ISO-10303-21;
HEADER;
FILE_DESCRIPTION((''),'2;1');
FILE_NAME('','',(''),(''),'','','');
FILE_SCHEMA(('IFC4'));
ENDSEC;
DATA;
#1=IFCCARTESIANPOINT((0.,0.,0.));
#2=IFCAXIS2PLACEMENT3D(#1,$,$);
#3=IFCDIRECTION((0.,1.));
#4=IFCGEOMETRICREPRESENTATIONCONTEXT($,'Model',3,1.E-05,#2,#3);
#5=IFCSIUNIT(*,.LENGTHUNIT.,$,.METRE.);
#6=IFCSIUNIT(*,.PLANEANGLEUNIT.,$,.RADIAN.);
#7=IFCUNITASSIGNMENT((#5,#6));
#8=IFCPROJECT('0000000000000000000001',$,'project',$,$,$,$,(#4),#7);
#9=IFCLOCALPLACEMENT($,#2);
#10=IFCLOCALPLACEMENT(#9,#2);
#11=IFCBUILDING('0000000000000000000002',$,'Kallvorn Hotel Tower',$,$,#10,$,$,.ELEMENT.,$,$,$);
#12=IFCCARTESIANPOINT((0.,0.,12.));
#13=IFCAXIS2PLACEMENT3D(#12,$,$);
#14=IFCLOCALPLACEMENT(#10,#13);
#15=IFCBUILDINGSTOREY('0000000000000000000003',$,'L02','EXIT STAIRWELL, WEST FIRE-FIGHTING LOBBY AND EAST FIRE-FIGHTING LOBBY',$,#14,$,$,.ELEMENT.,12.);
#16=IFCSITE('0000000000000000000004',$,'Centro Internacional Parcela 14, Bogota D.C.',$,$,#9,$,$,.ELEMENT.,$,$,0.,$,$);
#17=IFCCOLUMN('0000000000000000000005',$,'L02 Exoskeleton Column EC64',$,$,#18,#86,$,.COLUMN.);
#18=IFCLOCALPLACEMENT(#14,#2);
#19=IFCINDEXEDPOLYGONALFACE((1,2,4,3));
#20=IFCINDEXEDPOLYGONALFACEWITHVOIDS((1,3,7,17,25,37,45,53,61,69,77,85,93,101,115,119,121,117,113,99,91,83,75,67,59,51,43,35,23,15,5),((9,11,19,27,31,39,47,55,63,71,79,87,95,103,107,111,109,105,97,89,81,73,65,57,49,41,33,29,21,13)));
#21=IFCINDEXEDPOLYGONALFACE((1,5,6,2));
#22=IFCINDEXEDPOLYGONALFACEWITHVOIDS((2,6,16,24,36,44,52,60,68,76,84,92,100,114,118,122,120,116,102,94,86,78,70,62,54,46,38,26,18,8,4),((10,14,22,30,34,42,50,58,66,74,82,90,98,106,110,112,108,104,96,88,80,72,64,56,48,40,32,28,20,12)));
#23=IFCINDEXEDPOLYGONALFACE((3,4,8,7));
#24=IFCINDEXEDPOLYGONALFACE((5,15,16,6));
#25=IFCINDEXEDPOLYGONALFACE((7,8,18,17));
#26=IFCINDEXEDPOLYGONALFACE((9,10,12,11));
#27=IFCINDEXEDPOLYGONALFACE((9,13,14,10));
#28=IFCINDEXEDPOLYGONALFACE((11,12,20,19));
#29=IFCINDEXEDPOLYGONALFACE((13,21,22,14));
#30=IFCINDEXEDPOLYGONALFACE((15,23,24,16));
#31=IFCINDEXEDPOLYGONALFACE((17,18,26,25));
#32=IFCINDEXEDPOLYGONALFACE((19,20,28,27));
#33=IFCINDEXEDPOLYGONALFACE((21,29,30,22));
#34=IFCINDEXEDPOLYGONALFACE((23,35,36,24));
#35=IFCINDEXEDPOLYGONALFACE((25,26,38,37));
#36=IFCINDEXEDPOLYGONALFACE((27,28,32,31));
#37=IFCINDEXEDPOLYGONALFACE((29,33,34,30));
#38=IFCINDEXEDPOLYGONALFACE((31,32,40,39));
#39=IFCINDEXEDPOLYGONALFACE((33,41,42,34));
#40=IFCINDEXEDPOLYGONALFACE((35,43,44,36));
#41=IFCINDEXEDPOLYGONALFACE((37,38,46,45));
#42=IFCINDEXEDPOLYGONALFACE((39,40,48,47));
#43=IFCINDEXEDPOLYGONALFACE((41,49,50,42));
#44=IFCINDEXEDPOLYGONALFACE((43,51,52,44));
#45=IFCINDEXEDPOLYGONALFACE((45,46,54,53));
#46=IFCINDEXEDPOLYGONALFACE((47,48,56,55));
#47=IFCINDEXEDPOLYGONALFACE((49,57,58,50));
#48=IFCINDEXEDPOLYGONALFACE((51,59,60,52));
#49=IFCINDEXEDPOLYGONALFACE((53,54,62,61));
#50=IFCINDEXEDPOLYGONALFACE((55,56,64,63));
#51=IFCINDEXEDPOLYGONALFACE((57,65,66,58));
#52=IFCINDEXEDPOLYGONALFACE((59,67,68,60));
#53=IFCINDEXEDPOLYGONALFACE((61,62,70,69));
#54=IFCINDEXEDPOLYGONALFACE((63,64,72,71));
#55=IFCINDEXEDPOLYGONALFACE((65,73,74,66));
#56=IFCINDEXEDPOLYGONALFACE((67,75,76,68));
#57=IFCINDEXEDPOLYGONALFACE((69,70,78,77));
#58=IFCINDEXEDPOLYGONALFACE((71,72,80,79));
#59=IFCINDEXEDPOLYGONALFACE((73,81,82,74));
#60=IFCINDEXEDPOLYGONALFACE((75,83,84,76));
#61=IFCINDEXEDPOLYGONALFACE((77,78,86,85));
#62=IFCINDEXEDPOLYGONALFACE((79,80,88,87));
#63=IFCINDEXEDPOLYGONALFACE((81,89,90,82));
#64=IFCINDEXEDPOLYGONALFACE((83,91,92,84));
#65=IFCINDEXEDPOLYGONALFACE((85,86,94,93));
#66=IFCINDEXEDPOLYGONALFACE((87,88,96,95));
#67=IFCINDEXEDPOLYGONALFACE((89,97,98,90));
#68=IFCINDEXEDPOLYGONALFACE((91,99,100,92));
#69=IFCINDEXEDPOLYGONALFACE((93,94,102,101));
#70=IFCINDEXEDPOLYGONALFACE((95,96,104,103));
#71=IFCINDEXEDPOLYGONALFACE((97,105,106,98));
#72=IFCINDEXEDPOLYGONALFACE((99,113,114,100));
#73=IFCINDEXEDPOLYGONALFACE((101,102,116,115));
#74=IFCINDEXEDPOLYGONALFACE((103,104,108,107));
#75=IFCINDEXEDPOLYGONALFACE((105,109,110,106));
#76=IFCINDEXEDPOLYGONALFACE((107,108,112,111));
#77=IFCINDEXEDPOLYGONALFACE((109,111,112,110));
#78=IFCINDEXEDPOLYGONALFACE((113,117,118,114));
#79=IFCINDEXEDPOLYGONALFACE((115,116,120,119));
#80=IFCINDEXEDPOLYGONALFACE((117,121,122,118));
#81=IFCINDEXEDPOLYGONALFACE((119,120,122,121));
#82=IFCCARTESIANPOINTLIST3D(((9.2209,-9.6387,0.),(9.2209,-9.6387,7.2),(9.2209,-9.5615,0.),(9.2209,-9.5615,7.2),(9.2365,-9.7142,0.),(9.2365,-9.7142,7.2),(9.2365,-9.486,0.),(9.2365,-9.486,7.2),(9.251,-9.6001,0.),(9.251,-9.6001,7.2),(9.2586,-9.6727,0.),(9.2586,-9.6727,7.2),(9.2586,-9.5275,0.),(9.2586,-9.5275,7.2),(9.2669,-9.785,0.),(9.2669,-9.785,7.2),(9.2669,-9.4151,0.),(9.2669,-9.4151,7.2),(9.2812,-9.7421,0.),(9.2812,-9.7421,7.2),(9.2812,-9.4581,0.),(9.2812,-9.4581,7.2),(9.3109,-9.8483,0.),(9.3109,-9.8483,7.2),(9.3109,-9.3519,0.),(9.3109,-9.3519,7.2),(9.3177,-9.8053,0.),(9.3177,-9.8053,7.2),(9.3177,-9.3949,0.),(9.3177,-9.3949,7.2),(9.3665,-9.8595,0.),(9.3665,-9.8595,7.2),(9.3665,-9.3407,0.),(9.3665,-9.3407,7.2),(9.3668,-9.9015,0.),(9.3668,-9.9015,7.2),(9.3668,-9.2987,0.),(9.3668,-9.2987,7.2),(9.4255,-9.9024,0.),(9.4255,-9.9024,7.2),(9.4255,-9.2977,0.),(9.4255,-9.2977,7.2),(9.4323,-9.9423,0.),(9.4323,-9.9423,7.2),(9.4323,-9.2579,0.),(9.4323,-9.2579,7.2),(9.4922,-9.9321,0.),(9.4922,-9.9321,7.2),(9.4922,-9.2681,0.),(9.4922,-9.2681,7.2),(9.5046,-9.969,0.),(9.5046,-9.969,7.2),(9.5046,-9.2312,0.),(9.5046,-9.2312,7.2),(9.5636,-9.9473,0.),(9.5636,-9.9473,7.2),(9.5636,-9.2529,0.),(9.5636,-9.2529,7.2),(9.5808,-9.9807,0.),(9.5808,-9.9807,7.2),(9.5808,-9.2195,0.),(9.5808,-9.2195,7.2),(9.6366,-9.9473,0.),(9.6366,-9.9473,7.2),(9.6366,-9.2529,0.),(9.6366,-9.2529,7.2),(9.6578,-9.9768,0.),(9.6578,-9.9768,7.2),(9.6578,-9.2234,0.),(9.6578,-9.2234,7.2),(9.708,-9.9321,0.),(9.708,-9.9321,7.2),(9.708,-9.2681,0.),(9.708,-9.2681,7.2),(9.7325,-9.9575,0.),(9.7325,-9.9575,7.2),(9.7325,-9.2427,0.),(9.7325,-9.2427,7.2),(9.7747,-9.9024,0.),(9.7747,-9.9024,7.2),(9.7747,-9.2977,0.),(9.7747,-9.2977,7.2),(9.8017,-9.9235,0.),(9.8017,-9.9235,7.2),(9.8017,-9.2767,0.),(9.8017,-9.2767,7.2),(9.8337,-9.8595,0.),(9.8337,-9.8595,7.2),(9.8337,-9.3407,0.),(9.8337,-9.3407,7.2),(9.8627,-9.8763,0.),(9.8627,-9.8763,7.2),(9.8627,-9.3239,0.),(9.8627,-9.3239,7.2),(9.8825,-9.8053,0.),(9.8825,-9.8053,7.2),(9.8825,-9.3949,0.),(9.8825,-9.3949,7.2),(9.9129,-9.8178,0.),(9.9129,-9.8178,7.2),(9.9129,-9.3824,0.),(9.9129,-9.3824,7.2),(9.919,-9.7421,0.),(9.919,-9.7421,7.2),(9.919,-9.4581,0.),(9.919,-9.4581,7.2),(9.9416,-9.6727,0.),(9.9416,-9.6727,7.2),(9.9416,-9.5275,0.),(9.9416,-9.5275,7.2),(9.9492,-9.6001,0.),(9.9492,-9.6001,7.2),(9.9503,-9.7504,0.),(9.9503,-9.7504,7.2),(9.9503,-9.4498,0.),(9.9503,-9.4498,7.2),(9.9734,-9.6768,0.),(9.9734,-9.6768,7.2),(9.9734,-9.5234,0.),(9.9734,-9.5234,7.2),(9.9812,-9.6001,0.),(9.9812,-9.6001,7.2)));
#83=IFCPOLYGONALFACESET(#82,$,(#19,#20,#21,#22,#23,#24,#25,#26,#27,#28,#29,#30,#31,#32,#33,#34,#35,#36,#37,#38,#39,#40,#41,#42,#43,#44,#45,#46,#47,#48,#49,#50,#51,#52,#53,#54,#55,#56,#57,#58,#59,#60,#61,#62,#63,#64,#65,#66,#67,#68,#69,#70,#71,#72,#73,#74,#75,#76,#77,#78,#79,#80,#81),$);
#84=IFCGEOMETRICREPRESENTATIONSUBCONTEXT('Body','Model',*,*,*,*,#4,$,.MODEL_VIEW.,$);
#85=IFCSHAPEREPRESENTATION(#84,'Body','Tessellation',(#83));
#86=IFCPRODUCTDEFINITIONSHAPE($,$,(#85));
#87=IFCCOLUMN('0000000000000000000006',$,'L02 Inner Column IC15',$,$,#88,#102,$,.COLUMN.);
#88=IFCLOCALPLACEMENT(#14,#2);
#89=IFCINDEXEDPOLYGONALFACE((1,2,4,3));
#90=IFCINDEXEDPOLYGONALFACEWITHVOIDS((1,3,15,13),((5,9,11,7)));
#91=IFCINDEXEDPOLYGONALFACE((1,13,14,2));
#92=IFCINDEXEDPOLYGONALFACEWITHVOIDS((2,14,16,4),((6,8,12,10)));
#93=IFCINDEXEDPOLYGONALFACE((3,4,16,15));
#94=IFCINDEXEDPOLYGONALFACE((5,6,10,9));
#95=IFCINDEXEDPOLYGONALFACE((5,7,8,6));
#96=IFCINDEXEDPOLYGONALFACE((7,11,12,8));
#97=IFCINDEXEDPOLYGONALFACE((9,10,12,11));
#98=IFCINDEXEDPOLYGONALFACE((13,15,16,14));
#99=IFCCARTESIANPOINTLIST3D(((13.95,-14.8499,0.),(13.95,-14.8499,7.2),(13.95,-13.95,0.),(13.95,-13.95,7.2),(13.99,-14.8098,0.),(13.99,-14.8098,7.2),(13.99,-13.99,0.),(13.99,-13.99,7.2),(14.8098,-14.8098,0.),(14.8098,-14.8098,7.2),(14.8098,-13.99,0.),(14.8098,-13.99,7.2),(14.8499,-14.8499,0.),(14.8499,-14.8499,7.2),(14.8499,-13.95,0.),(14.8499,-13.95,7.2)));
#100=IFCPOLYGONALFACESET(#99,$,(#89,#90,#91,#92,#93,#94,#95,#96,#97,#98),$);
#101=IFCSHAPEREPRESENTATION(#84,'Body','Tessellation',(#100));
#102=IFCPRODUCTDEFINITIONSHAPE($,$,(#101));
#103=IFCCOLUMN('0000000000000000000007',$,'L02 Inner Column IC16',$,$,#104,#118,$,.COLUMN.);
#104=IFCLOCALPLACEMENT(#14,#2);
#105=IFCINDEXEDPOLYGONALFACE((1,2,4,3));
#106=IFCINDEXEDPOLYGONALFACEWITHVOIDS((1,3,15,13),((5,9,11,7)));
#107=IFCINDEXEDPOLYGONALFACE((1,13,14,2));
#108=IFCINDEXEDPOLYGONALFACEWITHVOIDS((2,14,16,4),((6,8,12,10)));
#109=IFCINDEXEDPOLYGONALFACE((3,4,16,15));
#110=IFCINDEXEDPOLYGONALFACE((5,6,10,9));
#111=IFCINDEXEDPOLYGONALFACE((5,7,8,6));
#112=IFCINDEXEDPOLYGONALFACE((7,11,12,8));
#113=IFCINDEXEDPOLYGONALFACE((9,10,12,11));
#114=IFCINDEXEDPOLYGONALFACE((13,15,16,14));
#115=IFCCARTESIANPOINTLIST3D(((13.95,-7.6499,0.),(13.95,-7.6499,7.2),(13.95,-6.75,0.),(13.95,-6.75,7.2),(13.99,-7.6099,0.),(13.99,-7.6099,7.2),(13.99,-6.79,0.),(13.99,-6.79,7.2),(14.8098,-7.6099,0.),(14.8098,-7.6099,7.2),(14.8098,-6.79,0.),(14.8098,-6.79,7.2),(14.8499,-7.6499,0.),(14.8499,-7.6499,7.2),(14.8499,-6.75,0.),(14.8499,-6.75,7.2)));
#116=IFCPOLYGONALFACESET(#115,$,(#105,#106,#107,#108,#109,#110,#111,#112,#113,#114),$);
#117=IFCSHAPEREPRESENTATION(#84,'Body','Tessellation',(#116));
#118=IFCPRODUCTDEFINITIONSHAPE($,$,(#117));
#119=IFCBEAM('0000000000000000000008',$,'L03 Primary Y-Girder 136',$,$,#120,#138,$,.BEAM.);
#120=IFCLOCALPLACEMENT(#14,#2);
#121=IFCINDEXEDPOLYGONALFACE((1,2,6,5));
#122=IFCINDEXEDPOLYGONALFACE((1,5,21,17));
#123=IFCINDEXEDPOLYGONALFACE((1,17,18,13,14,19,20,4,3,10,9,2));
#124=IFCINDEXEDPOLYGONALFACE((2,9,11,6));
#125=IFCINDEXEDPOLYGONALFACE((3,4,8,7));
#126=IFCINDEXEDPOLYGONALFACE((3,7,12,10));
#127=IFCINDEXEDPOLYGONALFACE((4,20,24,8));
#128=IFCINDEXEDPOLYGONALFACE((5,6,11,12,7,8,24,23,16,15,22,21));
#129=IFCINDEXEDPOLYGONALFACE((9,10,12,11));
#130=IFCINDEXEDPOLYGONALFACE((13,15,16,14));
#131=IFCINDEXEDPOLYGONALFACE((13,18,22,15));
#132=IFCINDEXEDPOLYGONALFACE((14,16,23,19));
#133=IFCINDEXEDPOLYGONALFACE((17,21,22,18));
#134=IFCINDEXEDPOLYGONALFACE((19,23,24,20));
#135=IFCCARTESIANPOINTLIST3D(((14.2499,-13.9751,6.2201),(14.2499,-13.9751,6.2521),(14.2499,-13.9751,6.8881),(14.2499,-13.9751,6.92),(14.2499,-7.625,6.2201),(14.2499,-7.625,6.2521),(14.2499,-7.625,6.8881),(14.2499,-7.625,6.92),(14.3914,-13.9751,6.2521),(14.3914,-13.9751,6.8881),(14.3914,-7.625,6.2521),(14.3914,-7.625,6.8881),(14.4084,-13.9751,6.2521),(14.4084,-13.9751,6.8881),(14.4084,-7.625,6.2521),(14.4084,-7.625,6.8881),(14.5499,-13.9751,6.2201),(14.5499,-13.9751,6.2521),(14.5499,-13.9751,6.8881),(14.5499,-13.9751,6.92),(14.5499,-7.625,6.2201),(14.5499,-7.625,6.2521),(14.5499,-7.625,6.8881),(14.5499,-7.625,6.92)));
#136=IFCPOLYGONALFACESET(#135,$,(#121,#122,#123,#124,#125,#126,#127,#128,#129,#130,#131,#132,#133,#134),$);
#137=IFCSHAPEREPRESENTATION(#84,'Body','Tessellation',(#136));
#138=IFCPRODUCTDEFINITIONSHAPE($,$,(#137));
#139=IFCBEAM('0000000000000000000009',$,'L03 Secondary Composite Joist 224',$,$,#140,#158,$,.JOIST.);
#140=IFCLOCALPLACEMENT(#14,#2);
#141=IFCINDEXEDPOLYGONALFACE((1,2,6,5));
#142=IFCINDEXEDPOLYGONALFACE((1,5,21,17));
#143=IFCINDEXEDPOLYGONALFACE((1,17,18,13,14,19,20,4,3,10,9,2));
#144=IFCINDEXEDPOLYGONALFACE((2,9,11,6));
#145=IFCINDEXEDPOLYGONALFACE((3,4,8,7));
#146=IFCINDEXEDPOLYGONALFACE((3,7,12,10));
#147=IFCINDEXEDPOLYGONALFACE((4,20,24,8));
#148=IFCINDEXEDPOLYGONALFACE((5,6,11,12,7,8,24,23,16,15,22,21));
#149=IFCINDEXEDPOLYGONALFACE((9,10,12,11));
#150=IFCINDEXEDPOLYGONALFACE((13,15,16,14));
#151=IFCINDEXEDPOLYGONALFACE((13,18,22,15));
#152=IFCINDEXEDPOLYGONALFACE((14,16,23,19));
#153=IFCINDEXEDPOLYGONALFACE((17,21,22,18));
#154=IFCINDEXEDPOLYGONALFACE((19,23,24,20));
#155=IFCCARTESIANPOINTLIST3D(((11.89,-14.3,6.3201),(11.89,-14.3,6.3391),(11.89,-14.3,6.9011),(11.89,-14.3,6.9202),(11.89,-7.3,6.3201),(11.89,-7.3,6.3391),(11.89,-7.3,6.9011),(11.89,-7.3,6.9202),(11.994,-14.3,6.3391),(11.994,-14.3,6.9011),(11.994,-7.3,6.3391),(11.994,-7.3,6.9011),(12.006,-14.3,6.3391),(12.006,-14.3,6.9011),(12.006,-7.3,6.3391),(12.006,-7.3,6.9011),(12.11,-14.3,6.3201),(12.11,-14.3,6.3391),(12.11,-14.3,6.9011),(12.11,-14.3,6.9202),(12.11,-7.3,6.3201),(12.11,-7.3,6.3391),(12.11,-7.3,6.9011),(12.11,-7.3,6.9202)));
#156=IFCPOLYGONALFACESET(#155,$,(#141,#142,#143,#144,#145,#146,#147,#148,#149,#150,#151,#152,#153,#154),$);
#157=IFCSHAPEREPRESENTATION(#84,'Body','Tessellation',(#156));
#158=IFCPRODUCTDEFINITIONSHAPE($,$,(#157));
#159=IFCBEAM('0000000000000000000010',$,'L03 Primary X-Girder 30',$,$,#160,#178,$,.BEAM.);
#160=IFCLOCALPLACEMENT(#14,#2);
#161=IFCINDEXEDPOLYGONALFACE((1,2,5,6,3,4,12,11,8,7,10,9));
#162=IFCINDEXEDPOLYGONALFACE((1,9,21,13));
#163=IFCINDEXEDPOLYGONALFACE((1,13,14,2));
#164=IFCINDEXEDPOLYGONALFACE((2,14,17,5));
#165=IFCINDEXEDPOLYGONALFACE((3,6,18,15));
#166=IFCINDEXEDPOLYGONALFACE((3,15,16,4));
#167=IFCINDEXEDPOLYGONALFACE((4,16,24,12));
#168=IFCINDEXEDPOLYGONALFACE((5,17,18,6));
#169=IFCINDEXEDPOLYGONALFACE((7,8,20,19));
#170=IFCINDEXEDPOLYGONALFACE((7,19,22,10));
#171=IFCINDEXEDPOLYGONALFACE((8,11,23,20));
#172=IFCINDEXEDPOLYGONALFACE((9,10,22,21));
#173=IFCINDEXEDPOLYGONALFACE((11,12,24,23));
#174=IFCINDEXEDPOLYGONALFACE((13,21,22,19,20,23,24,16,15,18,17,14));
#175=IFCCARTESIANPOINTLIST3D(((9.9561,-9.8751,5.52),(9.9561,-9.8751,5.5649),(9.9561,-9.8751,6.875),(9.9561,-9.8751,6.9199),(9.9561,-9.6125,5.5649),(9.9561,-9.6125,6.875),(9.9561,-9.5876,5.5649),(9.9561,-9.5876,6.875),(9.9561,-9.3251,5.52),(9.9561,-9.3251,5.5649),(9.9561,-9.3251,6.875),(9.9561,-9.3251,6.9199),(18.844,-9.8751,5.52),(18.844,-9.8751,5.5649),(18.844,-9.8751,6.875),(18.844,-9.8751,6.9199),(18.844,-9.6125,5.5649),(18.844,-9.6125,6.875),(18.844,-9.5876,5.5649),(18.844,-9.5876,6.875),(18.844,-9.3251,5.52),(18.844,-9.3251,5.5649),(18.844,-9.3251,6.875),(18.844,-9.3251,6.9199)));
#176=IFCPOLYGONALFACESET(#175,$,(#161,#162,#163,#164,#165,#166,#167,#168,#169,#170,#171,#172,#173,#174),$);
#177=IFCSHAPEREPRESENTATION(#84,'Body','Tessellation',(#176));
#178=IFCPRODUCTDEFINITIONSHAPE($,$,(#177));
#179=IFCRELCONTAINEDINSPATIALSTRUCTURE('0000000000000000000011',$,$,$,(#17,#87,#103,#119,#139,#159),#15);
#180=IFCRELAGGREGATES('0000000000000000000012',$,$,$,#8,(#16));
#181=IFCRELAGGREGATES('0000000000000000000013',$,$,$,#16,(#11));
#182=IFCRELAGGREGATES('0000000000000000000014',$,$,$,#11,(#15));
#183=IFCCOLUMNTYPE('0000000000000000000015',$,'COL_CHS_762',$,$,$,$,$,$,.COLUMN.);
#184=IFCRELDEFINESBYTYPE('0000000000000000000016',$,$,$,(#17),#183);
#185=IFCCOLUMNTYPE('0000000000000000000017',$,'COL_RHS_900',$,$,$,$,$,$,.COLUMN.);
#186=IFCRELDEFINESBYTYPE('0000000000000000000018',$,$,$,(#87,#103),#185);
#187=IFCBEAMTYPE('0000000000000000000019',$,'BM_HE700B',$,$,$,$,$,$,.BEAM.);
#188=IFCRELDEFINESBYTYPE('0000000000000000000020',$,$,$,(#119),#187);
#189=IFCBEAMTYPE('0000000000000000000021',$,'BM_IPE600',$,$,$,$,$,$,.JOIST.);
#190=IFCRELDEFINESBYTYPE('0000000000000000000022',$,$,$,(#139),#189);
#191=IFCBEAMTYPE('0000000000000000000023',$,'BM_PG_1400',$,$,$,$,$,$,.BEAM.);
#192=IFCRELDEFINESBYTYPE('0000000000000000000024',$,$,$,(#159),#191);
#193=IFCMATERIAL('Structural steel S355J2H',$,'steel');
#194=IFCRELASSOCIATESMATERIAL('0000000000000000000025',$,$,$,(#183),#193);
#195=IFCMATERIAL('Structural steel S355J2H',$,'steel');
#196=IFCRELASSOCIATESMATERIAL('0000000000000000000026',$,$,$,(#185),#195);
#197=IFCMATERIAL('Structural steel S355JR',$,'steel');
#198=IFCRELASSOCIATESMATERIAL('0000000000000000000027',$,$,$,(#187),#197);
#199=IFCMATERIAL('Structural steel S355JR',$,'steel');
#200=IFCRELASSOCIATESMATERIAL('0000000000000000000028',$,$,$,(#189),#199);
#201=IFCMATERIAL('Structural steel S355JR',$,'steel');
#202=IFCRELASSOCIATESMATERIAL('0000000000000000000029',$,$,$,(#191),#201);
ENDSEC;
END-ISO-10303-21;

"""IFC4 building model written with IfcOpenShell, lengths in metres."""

from ifc_helpers import new_model, si_unit, direction, frame, origin, origin_2d, place, context, subcontext, project, spatial, hollow_rectangle, hollow_circle, i_section, extrude, material, material_profile, profile_set, type_object, element, save


model = new_model("IFC4")

# Units and contexts
model_context = context("Model", 3, precision=1e-05, world=origin(), true_north=direction((0.0, 1.0)))
body_context = subcontext(model_context, "Body", "Model", "MODEL_VIEW")
ifc_project = project(units=[si_unit("LENGTHUNIT", "METRE"), si_unit("PLANEANGLEUNIT", "RADIAN")], contexts=[model_context])

# Site, building, storey
site_placement = place(None, origin())
site = spatial("IfcSite", under=ifc_project, at=site_placement, Name="Centro Internacional Parcela 14, Bogota D.C.", CompositionType="ELEMENT", RefElevation=0.0)
building_placement = place(site_placement, origin())
building = spatial("IfcBuilding", under=site, at=building_placement, Name="Kallvorn Hotel Tower", CompositionType="ELEMENT")
storey_placement = place(building_placement, frame((0.0, 0.0, 12.0)))
storey = spatial("IfcBuildingStorey", under=building, at=storey_placement, Name="L02", Description="EXIT STAIRWELL, WEST FIRE-FIGHTING LOBBY AND EAST FIRE-FIGHTING LOBBY", CompositionType="ELEMENT", Elevation=12.0)

# Columns
ifc_material_1 = material(Name="Structural steel S355J2H", Category="steel")
ifc_material_profile_1 = material_profile(ifc_material_1, hollow_circle(Radius=0.3811, WallThickness=0.032, at=origin_2d()), Name="CHS 762x32")
ifc_profile_set_1 = profile_set([ifc_material_profile_1], Name="Structural steel S355J2H")
column_type_1 = type_object("IfcColumnType", Name="COL_CHS_762", PredefinedType="COLUMN", material=ifc_profile_set_1)
column_placement = place(storey_placement, frame((9.6001, -9.6001, 0.0), z_axis=(0.0, 0.0, 1.0), x_axis=(1.0, 0.0, 0.0)))
element("IfcColumn", 1, at=column_placement, inside=storey, type_object=column_type_1, Name="L02 Exoskeleton Column EC64", PredefinedType="COLUMN", context=body_context, shape_type="SweptSolid", body=[
    extrude(hollow_circle(Radius=0.3811, WallThickness=0.032, at=origin_2d()), origin(), (0.0, 0.0, 1.0), 7.2),
])
ifc_material_2 = material(Name="Structural steel S355J2H", Category="steel")
ifc_material_profile_2 = material_profile(ifc_material_2, hollow_rectangle(XDim=0.8999, YDim=0.8999, WallThickness=0.04, at=origin_2d()), Name="RHS 900x900x40")
ifc_profile_set_2 = profile_set([ifc_material_profile_2], Name="Structural steel S355J2H")
column_type_2 = type_object("IfcColumnType", Name="COL_RHS_900", PredefinedType="COLUMN", material=ifc_profile_set_2)
for number, where, z_axis, x_axis, name in (
    (2, (14.3999, -14.3999, 0.0), (0.0, 0.0, 1.0), (1.0, 0.0, 0.0), "L02 Inner Column IC15"),
    (3, (14.3999, -7.2, 0.0), (0.0, 0.0, 1.0), (1.0, 0.0, 0.0), "L02 Inner Column IC16"),
):
    element("IfcColumn", number, at=place(storey_placement, frame(where, z_axis=z_axis, x_axis=x_axis)), inside=storey, type_object=column_type_2, Name=name, PredefinedType="COLUMN", context=body_context, shape_type="SweptSolid", body=[
        extrude(hollow_rectangle(XDim=0.8999, YDim=0.8999, WallThickness=0.04, at=origin_2d()), origin(), (0.0, 0.0, 1.0), 7.2),
    ])

# Beams
ifc_material_3 = material(Name="Structural steel S355JR", Category="steel")
ifc_material_profile_3 = material_profile(ifc_material_3, i_section(OverallWidth=0.3, OverallDepth=0.7, WebThickness=0.0171, FlangeThickness=0.032, at=origin_2d()), Name="HE 700 B")
ifc_profile_set_3 = profile_set([ifc_material_profile_3], Name="Structural steel S355JR")
beam_type_1 = type_object("IfcBeamType", Name="BM_HE700B", PredefinedType="BEAM", material=ifc_profile_set_3)
beam_1_placement = place(storey_placement, frame((14.3999, -13.9751, 6.5701), z_axis=(0.0, 1.0, 0.0), x_axis=(-1.0, 0.0, 0.0)))
element("IfcBeam", 4, at=beam_1_placement, inside=storey, type_object=beam_type_1, Name="L03 Primary Y-Girder 136", PredefinedType="BEAM", context=body_context, shape_type="SweptSolid", body=[
    extrude(i_section(OverallWidth=0.3, OverallDepth=0.7, WebThickness=0.0171, FlangeThickness=0.032, at=origin_2d()), origin(), (0.0, 0.0, 1.0), 6.3501),
])
ifc_material_4 = material(Name="Structural steel S355JR", Category="steel")
ifc_material_profile_4 = material_profile(ifc_material_4, i_section(OverallWidth=0.22, OverallDepth=0.6001, WebThickness=0.012, FlangeThickness=0.019, at=origin_2d()), Name="IPE 600")
ifc_profile_set_4 = profile_set([ifc_material_profile_4], Name="Structural steel S355JR")
beam_type_2 = type_object("IfcBeamType", Name="BM_IPE600", PredefinedType="JOIST", material=ifc_profile_set_4)
beam_2_placement = place(storey_placement, frame((12.0, -14.3, 6.6201), z_axis=(0.0, 1.0, 0.0), x_axis=(-1.0, 0.0, 0.0)))
element("IfcBeam", 5, at=beam_2_placement, inside=storey, type_object=beam_type_2, Name="L03 Secondary Composite Joist 224", PredefinedType="JOIST", context=body_context, shape_type="SweptSolid", body=[
    extrude(i_section(OverallWidth=0.22, OverallDepth=0.6001, WebThickness=0.012, FlangeThickness=0.019, at=origin_2d()), origin(), (0.0, 0.0, 1.0), 7.0),
])
ifc_material_5 = material(Name="Structural steel S355JR", Category="steel")
ifc_material_profile_5 = material_profile(ifc_material_5, i_section(OverallWidth=0.55, OverallDepth=1.3999, WebThickness=0.0249, FlangeThickness=0.0449, at=origin_2d()), Name="PG 1400x550x25x45")
ifc_profile_set_5 = profile_set([ifc_material_profile_5], Name="Structural steel S355JR")
beam_type_3 = type_object("IfcBeamType", Name="BM_PG_1400", PredefinedType="BEAM", material=ifc_profile_set_5)
beam_3_placement = place(storey_placement, frame((9.9561, -9.6001, 6.22), z_axis=(1.0, 0.0, 0.0), x_axis=(0.0, 1.0, 0.0)))
element("IfcBeam", 6, at=beam_3_placement, inside=storey, type_object=beam_type_3, Name="L03 Primary X-Girder 30", PredefinedType="BEAM", context=body_context, shape_type="SweptSolid", body=[
    extrude(i_section(OverallWidth=0.55, OverallDepth=1.3999, WebThickness=0.0249, FlangeThickness=0.0449, at=origin_2d()), origin(), (0.0, 0.0, 1.0), 8.8879),
])

save(model, "model.ifc")
